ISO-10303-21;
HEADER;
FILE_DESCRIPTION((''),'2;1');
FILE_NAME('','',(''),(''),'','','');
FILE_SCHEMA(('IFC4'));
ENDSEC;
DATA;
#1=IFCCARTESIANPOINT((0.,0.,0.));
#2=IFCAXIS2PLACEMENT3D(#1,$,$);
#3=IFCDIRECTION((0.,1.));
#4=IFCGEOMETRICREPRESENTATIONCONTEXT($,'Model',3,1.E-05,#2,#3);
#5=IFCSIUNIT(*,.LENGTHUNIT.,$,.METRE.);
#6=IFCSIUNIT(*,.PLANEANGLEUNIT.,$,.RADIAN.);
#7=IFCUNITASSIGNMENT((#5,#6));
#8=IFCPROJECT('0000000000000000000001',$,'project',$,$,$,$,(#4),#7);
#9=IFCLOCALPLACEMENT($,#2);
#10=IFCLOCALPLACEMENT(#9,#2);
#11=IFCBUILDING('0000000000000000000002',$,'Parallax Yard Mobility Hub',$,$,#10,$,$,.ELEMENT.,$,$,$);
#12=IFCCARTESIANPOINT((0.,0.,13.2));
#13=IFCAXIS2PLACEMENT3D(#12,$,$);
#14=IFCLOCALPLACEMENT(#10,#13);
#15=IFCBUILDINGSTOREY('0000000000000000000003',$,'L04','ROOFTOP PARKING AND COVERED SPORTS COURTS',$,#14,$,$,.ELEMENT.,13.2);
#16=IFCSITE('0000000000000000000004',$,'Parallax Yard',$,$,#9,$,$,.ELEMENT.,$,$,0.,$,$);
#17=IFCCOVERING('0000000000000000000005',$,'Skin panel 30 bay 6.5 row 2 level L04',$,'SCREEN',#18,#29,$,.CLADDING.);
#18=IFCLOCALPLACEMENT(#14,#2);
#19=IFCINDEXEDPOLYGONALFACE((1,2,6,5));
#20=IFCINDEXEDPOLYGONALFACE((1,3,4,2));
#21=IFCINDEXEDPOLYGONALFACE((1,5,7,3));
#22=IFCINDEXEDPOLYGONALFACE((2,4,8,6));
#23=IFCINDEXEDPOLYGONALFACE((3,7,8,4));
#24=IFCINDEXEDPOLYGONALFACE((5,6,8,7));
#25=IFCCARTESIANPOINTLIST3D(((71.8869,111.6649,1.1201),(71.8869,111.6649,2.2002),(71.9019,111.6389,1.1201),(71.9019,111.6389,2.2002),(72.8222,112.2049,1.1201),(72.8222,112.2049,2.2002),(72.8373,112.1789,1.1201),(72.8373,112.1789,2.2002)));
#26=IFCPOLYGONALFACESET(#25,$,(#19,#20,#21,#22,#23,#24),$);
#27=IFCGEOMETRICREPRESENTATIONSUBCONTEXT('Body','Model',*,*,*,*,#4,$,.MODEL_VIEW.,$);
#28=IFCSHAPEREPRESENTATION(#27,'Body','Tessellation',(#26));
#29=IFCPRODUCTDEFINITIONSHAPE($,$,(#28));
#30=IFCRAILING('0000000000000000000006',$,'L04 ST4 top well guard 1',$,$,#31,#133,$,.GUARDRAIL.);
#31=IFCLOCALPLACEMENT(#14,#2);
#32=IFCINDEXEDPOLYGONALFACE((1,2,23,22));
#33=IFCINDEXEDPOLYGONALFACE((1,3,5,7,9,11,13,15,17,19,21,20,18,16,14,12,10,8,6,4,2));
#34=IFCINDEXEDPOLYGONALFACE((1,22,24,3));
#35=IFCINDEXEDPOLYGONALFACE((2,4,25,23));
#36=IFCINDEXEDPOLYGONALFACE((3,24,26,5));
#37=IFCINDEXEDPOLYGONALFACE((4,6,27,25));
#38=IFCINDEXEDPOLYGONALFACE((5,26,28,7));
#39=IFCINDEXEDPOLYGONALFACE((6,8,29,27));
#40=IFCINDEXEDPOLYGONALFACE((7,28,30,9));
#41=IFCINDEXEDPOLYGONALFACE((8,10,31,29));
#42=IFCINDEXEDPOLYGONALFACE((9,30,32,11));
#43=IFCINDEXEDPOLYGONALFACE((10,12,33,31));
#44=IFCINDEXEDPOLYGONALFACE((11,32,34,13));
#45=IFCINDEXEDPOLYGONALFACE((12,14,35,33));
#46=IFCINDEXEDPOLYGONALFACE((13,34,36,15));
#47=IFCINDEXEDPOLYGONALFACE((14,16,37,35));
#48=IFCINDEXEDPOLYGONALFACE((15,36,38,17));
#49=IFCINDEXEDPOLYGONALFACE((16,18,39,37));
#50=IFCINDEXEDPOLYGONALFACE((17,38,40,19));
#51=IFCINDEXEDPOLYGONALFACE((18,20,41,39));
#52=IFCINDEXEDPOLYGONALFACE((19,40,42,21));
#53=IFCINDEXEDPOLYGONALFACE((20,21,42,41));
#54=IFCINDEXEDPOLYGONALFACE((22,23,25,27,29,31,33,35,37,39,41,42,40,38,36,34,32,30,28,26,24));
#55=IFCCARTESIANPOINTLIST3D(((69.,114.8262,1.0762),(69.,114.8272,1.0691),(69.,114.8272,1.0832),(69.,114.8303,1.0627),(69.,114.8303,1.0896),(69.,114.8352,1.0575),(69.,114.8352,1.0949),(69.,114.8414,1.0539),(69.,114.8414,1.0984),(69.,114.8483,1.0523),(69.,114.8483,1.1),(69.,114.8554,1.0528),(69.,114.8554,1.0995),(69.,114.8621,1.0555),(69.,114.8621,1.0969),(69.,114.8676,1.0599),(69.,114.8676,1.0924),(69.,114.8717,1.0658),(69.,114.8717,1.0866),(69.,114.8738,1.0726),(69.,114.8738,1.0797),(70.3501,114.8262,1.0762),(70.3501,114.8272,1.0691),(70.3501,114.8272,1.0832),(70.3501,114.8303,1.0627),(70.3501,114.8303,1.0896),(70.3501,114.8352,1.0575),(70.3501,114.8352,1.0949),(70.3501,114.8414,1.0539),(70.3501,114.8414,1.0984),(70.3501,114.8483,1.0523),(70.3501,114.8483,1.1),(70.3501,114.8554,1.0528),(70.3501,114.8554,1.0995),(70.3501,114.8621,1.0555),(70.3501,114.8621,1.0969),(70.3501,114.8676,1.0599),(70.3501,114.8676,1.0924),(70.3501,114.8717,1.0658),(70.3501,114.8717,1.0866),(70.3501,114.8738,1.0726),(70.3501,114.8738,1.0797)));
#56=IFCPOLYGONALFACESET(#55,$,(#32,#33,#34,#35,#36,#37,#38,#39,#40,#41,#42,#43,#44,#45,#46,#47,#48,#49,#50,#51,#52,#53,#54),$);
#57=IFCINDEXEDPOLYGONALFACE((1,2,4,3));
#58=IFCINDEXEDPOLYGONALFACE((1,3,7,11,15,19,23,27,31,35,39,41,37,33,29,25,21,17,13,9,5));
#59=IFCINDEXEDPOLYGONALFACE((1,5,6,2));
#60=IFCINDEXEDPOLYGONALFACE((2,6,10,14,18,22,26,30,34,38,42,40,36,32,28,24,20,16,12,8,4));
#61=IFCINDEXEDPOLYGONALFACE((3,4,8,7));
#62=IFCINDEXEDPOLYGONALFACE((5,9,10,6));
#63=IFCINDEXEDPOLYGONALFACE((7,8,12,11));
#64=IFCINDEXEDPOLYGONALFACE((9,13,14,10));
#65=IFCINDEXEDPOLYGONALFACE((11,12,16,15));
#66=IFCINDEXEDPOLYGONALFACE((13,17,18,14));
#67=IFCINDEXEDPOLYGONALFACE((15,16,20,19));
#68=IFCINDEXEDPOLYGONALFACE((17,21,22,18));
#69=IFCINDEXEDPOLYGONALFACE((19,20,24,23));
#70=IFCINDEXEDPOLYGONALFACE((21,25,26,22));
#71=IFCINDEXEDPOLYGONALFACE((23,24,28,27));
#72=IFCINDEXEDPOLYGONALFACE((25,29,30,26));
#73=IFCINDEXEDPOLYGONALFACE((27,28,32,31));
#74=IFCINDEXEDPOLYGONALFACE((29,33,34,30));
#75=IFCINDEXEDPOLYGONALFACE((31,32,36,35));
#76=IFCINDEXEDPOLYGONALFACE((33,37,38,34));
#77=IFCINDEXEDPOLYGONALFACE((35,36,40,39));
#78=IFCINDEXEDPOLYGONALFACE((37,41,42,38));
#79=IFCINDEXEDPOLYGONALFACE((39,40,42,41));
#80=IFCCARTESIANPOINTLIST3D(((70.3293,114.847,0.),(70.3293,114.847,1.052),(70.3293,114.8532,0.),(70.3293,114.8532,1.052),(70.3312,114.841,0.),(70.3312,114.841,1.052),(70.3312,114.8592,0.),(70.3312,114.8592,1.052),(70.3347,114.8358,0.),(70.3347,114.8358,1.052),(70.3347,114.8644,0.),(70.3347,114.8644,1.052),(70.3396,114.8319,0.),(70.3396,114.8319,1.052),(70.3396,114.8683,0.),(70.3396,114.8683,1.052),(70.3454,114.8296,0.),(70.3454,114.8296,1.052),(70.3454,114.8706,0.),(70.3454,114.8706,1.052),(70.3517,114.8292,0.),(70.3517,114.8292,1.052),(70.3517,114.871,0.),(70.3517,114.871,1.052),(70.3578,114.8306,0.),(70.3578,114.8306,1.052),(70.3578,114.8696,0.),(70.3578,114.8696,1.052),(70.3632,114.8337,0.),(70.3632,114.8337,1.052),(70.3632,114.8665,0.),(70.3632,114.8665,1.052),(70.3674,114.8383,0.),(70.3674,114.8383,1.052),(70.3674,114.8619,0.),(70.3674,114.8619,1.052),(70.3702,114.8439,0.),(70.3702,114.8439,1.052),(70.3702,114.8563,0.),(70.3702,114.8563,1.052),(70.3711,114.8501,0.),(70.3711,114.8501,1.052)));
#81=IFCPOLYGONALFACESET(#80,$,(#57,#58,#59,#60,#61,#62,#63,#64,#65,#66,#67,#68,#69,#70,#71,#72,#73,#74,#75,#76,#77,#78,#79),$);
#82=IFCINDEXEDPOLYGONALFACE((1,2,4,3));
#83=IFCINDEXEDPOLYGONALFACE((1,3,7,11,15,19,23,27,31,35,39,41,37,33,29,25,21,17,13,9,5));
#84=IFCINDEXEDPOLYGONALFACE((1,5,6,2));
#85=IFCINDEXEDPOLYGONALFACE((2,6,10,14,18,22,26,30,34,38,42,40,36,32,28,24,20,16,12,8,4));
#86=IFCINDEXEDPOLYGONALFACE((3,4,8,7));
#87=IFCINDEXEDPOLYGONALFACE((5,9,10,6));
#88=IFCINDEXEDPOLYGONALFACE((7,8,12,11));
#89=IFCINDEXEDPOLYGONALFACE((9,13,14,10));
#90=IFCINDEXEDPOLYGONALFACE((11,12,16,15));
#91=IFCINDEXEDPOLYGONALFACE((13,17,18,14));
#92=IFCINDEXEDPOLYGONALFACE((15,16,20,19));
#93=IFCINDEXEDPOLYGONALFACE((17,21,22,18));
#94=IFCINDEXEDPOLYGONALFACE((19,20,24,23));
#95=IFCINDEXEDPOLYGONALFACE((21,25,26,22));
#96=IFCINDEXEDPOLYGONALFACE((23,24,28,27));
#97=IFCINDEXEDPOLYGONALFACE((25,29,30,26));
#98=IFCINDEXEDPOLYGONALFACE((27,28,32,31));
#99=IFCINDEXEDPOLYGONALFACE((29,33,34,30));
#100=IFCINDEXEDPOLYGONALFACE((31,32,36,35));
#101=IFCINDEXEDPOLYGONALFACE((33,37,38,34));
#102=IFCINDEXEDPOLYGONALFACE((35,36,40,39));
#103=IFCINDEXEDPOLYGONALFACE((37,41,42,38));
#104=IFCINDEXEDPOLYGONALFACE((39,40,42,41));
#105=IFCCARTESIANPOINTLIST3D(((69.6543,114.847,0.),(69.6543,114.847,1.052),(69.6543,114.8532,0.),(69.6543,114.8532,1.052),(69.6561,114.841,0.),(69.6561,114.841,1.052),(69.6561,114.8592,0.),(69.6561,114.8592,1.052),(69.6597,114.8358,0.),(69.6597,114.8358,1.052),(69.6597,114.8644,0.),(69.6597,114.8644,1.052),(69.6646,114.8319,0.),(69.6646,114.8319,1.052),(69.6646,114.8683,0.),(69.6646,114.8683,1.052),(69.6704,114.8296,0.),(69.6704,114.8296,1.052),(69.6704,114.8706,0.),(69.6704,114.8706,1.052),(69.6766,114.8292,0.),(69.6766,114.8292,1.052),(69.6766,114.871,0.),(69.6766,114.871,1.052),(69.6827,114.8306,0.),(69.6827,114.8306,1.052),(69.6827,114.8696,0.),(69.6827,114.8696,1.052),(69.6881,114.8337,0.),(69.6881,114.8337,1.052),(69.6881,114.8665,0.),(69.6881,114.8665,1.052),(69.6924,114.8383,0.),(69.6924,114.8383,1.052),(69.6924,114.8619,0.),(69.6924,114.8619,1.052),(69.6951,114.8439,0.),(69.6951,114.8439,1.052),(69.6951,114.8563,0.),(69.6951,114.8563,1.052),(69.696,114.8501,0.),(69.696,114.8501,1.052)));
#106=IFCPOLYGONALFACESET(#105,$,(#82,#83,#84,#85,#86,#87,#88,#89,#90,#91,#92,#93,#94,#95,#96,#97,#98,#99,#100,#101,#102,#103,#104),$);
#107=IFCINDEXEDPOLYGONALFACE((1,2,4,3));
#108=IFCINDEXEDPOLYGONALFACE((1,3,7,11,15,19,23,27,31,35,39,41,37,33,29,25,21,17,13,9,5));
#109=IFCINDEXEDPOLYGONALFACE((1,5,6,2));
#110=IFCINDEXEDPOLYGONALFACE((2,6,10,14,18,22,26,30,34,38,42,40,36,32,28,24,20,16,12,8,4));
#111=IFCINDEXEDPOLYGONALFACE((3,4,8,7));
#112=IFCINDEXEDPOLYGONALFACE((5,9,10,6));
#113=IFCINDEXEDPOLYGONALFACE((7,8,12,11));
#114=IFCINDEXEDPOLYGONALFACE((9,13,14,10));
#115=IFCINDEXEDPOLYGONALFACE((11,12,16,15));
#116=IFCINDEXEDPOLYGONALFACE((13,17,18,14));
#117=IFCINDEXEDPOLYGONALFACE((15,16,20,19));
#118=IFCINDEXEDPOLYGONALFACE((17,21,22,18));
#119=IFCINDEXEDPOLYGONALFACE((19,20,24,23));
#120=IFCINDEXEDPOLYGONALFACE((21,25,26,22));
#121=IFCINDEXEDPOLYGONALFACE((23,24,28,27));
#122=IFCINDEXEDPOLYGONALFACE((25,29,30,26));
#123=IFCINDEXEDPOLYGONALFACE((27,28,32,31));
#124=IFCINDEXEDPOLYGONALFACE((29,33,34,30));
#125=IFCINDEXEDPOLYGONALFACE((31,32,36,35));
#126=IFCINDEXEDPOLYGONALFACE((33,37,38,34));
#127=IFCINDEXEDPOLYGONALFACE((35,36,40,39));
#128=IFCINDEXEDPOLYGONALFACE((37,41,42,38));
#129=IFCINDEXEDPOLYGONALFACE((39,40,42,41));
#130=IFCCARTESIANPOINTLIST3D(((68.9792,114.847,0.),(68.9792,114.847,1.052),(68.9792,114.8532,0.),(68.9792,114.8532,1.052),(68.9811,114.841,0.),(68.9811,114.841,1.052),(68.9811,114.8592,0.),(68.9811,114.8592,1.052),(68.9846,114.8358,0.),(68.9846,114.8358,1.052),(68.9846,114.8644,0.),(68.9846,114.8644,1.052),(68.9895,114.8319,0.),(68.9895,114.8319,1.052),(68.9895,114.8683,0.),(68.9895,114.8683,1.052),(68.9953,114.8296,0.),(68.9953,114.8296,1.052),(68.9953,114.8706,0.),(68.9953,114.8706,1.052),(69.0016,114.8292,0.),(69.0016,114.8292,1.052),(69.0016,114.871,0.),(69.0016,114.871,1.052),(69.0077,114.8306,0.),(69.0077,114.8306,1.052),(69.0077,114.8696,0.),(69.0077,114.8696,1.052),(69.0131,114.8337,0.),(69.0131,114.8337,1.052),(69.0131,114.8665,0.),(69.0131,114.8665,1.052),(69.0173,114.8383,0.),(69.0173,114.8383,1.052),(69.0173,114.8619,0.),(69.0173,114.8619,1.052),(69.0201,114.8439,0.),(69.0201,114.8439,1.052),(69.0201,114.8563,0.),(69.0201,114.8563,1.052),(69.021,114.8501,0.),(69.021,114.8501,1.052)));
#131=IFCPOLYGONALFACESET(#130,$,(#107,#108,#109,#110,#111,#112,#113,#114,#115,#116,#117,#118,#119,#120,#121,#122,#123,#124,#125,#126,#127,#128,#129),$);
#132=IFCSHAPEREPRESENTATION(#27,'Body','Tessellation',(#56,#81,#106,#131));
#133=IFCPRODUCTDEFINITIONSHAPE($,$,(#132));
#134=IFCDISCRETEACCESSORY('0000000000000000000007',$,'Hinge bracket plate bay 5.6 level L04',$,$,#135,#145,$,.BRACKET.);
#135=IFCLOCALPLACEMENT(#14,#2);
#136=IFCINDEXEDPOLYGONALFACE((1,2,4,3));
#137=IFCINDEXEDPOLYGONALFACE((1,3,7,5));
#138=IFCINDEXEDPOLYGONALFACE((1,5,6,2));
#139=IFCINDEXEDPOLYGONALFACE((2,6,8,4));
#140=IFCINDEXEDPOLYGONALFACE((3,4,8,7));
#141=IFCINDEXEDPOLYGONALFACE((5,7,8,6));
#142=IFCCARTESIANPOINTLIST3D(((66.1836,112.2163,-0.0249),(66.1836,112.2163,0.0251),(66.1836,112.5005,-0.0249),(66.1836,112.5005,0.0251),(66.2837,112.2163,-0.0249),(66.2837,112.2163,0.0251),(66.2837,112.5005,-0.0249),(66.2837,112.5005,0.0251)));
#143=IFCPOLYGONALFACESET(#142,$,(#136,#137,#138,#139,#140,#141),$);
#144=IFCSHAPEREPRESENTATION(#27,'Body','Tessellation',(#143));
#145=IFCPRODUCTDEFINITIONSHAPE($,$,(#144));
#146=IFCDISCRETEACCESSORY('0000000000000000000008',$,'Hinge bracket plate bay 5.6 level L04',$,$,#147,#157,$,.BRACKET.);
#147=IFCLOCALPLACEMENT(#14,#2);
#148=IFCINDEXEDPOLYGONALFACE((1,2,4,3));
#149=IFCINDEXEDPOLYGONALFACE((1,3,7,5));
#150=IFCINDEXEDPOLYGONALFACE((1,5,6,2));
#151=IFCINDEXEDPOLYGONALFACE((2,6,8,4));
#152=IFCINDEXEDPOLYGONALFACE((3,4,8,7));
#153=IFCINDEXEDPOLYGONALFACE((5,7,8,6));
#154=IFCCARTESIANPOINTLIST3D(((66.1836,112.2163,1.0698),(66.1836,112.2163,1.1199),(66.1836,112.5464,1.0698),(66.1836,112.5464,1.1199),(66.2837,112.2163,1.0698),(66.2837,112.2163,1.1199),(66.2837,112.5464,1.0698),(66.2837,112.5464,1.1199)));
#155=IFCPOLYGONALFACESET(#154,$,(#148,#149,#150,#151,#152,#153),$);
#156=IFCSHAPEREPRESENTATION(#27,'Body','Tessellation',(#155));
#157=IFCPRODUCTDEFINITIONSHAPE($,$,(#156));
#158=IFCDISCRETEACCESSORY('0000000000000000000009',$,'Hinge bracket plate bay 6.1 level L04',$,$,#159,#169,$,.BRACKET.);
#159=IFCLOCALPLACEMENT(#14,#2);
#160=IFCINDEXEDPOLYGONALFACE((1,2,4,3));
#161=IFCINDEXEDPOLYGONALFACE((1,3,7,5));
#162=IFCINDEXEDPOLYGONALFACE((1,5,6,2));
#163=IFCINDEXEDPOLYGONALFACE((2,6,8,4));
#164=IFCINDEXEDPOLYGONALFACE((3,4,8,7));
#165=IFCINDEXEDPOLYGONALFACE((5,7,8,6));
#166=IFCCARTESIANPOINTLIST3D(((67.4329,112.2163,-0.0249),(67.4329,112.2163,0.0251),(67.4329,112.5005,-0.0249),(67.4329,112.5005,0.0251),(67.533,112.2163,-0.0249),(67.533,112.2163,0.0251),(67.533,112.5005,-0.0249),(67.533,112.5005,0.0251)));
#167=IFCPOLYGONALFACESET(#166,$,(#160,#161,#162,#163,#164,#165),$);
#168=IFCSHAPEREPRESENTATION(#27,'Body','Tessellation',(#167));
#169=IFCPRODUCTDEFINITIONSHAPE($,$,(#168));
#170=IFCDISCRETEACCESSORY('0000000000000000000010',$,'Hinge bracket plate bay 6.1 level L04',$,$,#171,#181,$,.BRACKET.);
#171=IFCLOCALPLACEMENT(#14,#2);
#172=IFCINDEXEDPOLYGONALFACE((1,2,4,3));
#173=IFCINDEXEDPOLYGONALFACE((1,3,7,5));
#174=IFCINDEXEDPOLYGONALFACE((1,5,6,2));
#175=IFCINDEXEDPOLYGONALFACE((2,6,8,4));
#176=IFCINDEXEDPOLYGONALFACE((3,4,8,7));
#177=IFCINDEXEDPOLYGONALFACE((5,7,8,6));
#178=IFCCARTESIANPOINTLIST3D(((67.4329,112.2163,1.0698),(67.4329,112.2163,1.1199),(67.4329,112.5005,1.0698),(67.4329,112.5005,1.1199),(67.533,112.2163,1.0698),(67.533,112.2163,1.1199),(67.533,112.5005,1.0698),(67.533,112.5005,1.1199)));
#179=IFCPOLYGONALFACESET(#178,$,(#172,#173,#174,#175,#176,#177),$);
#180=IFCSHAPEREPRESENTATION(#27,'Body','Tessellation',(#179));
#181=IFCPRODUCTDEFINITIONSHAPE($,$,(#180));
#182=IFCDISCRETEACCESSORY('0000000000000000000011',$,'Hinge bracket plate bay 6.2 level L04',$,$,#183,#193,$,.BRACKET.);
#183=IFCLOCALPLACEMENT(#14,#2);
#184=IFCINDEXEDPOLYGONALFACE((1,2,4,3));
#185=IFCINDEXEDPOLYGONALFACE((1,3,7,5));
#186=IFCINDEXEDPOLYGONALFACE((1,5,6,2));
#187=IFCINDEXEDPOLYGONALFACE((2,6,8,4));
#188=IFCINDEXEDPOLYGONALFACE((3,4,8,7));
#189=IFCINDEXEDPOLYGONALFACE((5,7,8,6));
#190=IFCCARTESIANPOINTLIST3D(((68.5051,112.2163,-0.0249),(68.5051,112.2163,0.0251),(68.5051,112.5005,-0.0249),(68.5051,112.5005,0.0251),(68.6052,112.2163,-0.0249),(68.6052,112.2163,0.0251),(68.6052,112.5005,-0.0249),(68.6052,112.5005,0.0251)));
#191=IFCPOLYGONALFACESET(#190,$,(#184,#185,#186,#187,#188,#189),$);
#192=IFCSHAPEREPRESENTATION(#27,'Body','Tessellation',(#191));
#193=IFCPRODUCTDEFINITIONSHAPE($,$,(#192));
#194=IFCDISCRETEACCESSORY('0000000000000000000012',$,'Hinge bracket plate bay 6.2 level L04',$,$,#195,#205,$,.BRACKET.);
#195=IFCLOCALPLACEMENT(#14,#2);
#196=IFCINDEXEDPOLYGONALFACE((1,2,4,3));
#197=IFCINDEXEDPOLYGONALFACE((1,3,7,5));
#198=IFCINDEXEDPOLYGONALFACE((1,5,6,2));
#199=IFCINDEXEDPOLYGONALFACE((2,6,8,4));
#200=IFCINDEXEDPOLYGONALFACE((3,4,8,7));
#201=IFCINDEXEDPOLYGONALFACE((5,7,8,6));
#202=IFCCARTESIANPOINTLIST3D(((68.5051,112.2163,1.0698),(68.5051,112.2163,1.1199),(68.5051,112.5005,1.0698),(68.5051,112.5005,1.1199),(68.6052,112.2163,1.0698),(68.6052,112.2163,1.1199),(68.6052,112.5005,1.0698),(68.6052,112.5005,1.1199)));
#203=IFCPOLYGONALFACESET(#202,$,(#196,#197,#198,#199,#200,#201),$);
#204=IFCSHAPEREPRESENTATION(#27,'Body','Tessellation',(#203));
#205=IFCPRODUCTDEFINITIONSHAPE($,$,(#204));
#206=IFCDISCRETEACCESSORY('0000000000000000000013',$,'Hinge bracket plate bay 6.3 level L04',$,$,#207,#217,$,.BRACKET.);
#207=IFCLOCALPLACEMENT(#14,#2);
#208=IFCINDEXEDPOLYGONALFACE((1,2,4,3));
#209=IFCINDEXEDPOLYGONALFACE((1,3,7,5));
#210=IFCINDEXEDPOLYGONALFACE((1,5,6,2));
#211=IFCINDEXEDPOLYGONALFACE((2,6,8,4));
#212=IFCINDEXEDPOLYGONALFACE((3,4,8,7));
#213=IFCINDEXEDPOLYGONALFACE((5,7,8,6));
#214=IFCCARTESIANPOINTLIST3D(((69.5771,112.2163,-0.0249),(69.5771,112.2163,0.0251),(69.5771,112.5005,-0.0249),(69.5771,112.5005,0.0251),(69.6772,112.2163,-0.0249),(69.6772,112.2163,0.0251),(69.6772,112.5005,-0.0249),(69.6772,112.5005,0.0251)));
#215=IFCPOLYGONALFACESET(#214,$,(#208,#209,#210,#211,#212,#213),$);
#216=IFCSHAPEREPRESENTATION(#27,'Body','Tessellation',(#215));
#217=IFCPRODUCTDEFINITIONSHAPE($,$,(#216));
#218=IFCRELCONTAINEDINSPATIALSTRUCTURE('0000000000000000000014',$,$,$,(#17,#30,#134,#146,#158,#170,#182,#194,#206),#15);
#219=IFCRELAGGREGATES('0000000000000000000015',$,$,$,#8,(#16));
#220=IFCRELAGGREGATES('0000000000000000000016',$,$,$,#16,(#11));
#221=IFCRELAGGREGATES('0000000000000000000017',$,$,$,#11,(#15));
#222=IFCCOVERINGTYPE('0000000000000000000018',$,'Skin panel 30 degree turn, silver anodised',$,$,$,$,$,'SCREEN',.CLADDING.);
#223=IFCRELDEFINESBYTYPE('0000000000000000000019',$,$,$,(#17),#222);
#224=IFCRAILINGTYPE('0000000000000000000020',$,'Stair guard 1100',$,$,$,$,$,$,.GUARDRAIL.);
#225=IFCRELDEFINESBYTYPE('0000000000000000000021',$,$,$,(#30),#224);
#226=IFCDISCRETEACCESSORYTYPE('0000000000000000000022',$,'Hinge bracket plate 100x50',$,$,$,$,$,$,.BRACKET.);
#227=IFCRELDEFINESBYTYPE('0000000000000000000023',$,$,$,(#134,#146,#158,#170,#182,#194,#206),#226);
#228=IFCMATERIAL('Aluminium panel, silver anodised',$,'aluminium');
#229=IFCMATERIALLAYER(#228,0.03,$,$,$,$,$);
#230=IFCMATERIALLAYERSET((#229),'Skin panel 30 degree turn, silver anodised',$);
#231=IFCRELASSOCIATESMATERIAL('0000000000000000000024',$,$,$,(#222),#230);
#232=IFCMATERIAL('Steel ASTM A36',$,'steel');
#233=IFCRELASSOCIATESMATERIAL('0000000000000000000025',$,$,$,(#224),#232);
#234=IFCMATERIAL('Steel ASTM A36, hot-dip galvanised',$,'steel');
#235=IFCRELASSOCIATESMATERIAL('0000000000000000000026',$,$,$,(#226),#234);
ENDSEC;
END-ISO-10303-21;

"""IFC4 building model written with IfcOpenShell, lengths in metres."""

from ifc_helpers import new_model, si_unit, direction, frame, origin, origin_2d, place, context, subcontext, project, spatial, rectangle, circle, extrude, material, layer, layer_set, type_object, element, save


model = new_model("IFC4")

# Units and contexts
model_context = context("Model", 3, precision=1e-05, world=origin(), true_north=direction((0.0, 1.0)))
body_context = subcontext(model_context, "Body", "Model", "MODEL_VIEW")
ifc_project = project(units=[si_unit("LENGTHUNIT", "METRE"), si_unit("PLANEANGLEUNIT", "RADIAN")], contexts=[model_context])

# Site, building, storey
site_placement = place(None, origin())
site = spatial("IfcSite", under=ifc_project, at=site_placement, Name="Parallax Yard", CompositionType="ELEMENT", RefElevation=0.0)
building_placement = place(site_placement, origin())
building = spatial("IfcBuilding", under=site, at=building_placement, Name="Parallax Yard Mobility Hub", CompositionType="ELEMENT")
storey_placement = place(building_placement, frame((0.0, 0.0, 13.2)))
storey = spatial("IfcBuildingStorey", under=building, at=storey_placement, Name="L04", Description="ROOFTOP PARKING AND COVERED SPORTS COURTS", CompositionType="ELEMENT", Elevation=13.2)

# Covering
ifc_material_1 = material(Name="Aluminium panel, silver anodised", Category="aluminium")
ifc_layer_1 = layer(ifc_material_1, 0.03)
ifc_layer_set_1 = layer_set([ifc_layer_1], Name="Skin panel 30 degree turn, silver anodised")
covering_type_1 = type_object("IfcCoveringType", Name="Skin panel 30 degree turn, silver anodised", ElementType="SCREEN", PredefinedType="CLADDING", material=ifc_layer_set_1)
for number, where, z_axis, x_axis, name in (
    (1, (72.3621, 111.9219, 1.1201), (0.0, 0.0, 1.0), (-0.866025, -0.5, 0.0), "Skin panel 30 bay 6.5 row 2 level L04"),
):
    element("IfcCovering", number, at=place(storey_placement, frame(where, z_axis=z_axis, x_axis=x_axis)), inside=storey, type_object=covering_type_1, Name=name, ObjectType="SCREEN", PredefinedType="CLADDING", context=body_context, shape_type="SweptSolid", body=[
        extrude(rectangle(XDim=1.0801, YDim=0.03, at=origin_2d()), origin(), (0.0, 0.0, 1.0), 1.0801),
    ])

# Railing
ifc_material_2 = material(Name="Steel ASTM A36", Category="steel")
railing_type = type_object("IfcRailingType", Name="Stair guard 1100", PredefinedType="GUARDRAIL", material=ifc_material_2)
railing_placement = place(storey_placement, frame((70.3501, 114.8501, 0.0)))
element("IfcRailing", 2, at=railing_placement, inside=storey, type_object=railing_type, Name="L04 ST4 top well guard 1", PredefinedType="GUARDRAIL", context=body_context, shape_type="SweptSolid", body=[
    extrude(circle(Radius=0.0239, at=origin_2d()), frame((0.0, 0.0, 1.0762), z_axis=(-1.0, 0.0, 0.0), x_axis=(0.0, -1.0, 0.0)), (0.0, 0.0, 1.0), 1.3501),
    extrude(circle(Radius=0.021, at=origin_2d()), origin(), (0.0, 0.0, 1.0), 1.052),
    extrude(circle(Radius=0.021, at=origin_2d()), frame((-0.675, 0.0, 0.0)), (0.0, 0.0, 1.0), 1.052),
    extrude(circle(Radius=0.021, at=origin_2d()), frame((-1.3501, 0.0, 0.0)), (0.0, 0.0, 1.0), 1.052),
])

# Discrete accessories
ifc_material_3 = material(Name="Steel ASTM A36, hot-dip galvanised", Category="steel")
discrete_accessory_type_1 = type_object("IfcDiscreteAccessoryType", Name="Hinge bracket plate 100x50", PredefinedType="BRACKET", material=ifc_material_3)
discrete_accessory_1_placement = place(storey_placement, frame((66.2336, 112.3584, -0.0249), z_axis=(0.0, 0.0, 1.0), x_axis=(0.0, -1.0, 0.0)))
element("IfcDiscreteAccessory", 3, at=discrete_accessory_1_placement, inside=storey, type_object=discrete_accessory_type_1, Name="Hinge bracket plate bay 5.6 level L04", PredefinedType="BRACKET", context=body_context, shape_type="SweptSolid", body=[
    extrude(rectangle(XDim=0.2842, YDim=0.1001, at=origin_2d()), origin(), (0.0, 0.0, 1.0), 0.05),
])
discrete_accessory_2_placement = place(storey_placement, frame((66.2336, 112.3813, 1.0698), z_axis=(0.0, 0.0, 1.0), x_axis=(0.0, -1.0, 0.0)))
element("IfcDiscreteAccessory", 4, at=discrete_accessory_2_placement, inside=storey, type_object=discrete_accessory_type_1, Name="Hinge bracket plate bay 5.6 level L04", PredefinedType="BRACKET", context=body_context, shape_type="SweptSolid", body=[
    extrude(rectangle(XDim=0.3301, YDim=0.1001, at=origin_2d()), origin(), (0.0, 0.0, 1.0), 0.05),
])
for number, where, z_axis, x_axis, name in (
    (5, (67.4829, 112.3584, -0.0249), (0.0, 0.0, 1.0), (0.0, -1.0, 0.0), "Hinge bracket plate bay 6.1 level L04"),
    (6, (67.4829, 112.3584, 1.0698), (0.0, 0.0, 1.0), (0.0, -1.0, 0.0), "Hinge bracket plate bay 6.1 level L04"),
    (7, (68.5552, 112.3584, -0.0249), (0.0, 0.0, 1.0), (0.0, -1.0, 0.0), "Hinge bracket plate bay 6.2 level L04"),
    (8, (68.5552, 112.3584, 1.0698), (0.0, 0.0, 1.0), (0.0, -1.0, 0.0), "Hinge bracket plate bay 6.2 level L04"),
    (9, (69.6272, 112.3584, -0.0249), (0.0, 0.0, 1.0), (0.0, -1.0, 0.0), "Hinge bracket plate bay 6.3 level L04"),
):
    element("IfcDiscreteAccessory", number, at=place(storey_placement, frame(where, z_axis=z_axis, x_axis=x_axis)), inside=storey, type_object=discrete_accessory_type_1, Name=name, PredefinedType="BRACKET", context=body_context, shape_type="SweptSolid", body=[
        extrude(rectangle(XDim=0.2842, YDim=0.1001, at=origin_2d()), origin(), (0.0, 0.0, 1.0), 0.05),
    ])

save(model, "model.ifc")
